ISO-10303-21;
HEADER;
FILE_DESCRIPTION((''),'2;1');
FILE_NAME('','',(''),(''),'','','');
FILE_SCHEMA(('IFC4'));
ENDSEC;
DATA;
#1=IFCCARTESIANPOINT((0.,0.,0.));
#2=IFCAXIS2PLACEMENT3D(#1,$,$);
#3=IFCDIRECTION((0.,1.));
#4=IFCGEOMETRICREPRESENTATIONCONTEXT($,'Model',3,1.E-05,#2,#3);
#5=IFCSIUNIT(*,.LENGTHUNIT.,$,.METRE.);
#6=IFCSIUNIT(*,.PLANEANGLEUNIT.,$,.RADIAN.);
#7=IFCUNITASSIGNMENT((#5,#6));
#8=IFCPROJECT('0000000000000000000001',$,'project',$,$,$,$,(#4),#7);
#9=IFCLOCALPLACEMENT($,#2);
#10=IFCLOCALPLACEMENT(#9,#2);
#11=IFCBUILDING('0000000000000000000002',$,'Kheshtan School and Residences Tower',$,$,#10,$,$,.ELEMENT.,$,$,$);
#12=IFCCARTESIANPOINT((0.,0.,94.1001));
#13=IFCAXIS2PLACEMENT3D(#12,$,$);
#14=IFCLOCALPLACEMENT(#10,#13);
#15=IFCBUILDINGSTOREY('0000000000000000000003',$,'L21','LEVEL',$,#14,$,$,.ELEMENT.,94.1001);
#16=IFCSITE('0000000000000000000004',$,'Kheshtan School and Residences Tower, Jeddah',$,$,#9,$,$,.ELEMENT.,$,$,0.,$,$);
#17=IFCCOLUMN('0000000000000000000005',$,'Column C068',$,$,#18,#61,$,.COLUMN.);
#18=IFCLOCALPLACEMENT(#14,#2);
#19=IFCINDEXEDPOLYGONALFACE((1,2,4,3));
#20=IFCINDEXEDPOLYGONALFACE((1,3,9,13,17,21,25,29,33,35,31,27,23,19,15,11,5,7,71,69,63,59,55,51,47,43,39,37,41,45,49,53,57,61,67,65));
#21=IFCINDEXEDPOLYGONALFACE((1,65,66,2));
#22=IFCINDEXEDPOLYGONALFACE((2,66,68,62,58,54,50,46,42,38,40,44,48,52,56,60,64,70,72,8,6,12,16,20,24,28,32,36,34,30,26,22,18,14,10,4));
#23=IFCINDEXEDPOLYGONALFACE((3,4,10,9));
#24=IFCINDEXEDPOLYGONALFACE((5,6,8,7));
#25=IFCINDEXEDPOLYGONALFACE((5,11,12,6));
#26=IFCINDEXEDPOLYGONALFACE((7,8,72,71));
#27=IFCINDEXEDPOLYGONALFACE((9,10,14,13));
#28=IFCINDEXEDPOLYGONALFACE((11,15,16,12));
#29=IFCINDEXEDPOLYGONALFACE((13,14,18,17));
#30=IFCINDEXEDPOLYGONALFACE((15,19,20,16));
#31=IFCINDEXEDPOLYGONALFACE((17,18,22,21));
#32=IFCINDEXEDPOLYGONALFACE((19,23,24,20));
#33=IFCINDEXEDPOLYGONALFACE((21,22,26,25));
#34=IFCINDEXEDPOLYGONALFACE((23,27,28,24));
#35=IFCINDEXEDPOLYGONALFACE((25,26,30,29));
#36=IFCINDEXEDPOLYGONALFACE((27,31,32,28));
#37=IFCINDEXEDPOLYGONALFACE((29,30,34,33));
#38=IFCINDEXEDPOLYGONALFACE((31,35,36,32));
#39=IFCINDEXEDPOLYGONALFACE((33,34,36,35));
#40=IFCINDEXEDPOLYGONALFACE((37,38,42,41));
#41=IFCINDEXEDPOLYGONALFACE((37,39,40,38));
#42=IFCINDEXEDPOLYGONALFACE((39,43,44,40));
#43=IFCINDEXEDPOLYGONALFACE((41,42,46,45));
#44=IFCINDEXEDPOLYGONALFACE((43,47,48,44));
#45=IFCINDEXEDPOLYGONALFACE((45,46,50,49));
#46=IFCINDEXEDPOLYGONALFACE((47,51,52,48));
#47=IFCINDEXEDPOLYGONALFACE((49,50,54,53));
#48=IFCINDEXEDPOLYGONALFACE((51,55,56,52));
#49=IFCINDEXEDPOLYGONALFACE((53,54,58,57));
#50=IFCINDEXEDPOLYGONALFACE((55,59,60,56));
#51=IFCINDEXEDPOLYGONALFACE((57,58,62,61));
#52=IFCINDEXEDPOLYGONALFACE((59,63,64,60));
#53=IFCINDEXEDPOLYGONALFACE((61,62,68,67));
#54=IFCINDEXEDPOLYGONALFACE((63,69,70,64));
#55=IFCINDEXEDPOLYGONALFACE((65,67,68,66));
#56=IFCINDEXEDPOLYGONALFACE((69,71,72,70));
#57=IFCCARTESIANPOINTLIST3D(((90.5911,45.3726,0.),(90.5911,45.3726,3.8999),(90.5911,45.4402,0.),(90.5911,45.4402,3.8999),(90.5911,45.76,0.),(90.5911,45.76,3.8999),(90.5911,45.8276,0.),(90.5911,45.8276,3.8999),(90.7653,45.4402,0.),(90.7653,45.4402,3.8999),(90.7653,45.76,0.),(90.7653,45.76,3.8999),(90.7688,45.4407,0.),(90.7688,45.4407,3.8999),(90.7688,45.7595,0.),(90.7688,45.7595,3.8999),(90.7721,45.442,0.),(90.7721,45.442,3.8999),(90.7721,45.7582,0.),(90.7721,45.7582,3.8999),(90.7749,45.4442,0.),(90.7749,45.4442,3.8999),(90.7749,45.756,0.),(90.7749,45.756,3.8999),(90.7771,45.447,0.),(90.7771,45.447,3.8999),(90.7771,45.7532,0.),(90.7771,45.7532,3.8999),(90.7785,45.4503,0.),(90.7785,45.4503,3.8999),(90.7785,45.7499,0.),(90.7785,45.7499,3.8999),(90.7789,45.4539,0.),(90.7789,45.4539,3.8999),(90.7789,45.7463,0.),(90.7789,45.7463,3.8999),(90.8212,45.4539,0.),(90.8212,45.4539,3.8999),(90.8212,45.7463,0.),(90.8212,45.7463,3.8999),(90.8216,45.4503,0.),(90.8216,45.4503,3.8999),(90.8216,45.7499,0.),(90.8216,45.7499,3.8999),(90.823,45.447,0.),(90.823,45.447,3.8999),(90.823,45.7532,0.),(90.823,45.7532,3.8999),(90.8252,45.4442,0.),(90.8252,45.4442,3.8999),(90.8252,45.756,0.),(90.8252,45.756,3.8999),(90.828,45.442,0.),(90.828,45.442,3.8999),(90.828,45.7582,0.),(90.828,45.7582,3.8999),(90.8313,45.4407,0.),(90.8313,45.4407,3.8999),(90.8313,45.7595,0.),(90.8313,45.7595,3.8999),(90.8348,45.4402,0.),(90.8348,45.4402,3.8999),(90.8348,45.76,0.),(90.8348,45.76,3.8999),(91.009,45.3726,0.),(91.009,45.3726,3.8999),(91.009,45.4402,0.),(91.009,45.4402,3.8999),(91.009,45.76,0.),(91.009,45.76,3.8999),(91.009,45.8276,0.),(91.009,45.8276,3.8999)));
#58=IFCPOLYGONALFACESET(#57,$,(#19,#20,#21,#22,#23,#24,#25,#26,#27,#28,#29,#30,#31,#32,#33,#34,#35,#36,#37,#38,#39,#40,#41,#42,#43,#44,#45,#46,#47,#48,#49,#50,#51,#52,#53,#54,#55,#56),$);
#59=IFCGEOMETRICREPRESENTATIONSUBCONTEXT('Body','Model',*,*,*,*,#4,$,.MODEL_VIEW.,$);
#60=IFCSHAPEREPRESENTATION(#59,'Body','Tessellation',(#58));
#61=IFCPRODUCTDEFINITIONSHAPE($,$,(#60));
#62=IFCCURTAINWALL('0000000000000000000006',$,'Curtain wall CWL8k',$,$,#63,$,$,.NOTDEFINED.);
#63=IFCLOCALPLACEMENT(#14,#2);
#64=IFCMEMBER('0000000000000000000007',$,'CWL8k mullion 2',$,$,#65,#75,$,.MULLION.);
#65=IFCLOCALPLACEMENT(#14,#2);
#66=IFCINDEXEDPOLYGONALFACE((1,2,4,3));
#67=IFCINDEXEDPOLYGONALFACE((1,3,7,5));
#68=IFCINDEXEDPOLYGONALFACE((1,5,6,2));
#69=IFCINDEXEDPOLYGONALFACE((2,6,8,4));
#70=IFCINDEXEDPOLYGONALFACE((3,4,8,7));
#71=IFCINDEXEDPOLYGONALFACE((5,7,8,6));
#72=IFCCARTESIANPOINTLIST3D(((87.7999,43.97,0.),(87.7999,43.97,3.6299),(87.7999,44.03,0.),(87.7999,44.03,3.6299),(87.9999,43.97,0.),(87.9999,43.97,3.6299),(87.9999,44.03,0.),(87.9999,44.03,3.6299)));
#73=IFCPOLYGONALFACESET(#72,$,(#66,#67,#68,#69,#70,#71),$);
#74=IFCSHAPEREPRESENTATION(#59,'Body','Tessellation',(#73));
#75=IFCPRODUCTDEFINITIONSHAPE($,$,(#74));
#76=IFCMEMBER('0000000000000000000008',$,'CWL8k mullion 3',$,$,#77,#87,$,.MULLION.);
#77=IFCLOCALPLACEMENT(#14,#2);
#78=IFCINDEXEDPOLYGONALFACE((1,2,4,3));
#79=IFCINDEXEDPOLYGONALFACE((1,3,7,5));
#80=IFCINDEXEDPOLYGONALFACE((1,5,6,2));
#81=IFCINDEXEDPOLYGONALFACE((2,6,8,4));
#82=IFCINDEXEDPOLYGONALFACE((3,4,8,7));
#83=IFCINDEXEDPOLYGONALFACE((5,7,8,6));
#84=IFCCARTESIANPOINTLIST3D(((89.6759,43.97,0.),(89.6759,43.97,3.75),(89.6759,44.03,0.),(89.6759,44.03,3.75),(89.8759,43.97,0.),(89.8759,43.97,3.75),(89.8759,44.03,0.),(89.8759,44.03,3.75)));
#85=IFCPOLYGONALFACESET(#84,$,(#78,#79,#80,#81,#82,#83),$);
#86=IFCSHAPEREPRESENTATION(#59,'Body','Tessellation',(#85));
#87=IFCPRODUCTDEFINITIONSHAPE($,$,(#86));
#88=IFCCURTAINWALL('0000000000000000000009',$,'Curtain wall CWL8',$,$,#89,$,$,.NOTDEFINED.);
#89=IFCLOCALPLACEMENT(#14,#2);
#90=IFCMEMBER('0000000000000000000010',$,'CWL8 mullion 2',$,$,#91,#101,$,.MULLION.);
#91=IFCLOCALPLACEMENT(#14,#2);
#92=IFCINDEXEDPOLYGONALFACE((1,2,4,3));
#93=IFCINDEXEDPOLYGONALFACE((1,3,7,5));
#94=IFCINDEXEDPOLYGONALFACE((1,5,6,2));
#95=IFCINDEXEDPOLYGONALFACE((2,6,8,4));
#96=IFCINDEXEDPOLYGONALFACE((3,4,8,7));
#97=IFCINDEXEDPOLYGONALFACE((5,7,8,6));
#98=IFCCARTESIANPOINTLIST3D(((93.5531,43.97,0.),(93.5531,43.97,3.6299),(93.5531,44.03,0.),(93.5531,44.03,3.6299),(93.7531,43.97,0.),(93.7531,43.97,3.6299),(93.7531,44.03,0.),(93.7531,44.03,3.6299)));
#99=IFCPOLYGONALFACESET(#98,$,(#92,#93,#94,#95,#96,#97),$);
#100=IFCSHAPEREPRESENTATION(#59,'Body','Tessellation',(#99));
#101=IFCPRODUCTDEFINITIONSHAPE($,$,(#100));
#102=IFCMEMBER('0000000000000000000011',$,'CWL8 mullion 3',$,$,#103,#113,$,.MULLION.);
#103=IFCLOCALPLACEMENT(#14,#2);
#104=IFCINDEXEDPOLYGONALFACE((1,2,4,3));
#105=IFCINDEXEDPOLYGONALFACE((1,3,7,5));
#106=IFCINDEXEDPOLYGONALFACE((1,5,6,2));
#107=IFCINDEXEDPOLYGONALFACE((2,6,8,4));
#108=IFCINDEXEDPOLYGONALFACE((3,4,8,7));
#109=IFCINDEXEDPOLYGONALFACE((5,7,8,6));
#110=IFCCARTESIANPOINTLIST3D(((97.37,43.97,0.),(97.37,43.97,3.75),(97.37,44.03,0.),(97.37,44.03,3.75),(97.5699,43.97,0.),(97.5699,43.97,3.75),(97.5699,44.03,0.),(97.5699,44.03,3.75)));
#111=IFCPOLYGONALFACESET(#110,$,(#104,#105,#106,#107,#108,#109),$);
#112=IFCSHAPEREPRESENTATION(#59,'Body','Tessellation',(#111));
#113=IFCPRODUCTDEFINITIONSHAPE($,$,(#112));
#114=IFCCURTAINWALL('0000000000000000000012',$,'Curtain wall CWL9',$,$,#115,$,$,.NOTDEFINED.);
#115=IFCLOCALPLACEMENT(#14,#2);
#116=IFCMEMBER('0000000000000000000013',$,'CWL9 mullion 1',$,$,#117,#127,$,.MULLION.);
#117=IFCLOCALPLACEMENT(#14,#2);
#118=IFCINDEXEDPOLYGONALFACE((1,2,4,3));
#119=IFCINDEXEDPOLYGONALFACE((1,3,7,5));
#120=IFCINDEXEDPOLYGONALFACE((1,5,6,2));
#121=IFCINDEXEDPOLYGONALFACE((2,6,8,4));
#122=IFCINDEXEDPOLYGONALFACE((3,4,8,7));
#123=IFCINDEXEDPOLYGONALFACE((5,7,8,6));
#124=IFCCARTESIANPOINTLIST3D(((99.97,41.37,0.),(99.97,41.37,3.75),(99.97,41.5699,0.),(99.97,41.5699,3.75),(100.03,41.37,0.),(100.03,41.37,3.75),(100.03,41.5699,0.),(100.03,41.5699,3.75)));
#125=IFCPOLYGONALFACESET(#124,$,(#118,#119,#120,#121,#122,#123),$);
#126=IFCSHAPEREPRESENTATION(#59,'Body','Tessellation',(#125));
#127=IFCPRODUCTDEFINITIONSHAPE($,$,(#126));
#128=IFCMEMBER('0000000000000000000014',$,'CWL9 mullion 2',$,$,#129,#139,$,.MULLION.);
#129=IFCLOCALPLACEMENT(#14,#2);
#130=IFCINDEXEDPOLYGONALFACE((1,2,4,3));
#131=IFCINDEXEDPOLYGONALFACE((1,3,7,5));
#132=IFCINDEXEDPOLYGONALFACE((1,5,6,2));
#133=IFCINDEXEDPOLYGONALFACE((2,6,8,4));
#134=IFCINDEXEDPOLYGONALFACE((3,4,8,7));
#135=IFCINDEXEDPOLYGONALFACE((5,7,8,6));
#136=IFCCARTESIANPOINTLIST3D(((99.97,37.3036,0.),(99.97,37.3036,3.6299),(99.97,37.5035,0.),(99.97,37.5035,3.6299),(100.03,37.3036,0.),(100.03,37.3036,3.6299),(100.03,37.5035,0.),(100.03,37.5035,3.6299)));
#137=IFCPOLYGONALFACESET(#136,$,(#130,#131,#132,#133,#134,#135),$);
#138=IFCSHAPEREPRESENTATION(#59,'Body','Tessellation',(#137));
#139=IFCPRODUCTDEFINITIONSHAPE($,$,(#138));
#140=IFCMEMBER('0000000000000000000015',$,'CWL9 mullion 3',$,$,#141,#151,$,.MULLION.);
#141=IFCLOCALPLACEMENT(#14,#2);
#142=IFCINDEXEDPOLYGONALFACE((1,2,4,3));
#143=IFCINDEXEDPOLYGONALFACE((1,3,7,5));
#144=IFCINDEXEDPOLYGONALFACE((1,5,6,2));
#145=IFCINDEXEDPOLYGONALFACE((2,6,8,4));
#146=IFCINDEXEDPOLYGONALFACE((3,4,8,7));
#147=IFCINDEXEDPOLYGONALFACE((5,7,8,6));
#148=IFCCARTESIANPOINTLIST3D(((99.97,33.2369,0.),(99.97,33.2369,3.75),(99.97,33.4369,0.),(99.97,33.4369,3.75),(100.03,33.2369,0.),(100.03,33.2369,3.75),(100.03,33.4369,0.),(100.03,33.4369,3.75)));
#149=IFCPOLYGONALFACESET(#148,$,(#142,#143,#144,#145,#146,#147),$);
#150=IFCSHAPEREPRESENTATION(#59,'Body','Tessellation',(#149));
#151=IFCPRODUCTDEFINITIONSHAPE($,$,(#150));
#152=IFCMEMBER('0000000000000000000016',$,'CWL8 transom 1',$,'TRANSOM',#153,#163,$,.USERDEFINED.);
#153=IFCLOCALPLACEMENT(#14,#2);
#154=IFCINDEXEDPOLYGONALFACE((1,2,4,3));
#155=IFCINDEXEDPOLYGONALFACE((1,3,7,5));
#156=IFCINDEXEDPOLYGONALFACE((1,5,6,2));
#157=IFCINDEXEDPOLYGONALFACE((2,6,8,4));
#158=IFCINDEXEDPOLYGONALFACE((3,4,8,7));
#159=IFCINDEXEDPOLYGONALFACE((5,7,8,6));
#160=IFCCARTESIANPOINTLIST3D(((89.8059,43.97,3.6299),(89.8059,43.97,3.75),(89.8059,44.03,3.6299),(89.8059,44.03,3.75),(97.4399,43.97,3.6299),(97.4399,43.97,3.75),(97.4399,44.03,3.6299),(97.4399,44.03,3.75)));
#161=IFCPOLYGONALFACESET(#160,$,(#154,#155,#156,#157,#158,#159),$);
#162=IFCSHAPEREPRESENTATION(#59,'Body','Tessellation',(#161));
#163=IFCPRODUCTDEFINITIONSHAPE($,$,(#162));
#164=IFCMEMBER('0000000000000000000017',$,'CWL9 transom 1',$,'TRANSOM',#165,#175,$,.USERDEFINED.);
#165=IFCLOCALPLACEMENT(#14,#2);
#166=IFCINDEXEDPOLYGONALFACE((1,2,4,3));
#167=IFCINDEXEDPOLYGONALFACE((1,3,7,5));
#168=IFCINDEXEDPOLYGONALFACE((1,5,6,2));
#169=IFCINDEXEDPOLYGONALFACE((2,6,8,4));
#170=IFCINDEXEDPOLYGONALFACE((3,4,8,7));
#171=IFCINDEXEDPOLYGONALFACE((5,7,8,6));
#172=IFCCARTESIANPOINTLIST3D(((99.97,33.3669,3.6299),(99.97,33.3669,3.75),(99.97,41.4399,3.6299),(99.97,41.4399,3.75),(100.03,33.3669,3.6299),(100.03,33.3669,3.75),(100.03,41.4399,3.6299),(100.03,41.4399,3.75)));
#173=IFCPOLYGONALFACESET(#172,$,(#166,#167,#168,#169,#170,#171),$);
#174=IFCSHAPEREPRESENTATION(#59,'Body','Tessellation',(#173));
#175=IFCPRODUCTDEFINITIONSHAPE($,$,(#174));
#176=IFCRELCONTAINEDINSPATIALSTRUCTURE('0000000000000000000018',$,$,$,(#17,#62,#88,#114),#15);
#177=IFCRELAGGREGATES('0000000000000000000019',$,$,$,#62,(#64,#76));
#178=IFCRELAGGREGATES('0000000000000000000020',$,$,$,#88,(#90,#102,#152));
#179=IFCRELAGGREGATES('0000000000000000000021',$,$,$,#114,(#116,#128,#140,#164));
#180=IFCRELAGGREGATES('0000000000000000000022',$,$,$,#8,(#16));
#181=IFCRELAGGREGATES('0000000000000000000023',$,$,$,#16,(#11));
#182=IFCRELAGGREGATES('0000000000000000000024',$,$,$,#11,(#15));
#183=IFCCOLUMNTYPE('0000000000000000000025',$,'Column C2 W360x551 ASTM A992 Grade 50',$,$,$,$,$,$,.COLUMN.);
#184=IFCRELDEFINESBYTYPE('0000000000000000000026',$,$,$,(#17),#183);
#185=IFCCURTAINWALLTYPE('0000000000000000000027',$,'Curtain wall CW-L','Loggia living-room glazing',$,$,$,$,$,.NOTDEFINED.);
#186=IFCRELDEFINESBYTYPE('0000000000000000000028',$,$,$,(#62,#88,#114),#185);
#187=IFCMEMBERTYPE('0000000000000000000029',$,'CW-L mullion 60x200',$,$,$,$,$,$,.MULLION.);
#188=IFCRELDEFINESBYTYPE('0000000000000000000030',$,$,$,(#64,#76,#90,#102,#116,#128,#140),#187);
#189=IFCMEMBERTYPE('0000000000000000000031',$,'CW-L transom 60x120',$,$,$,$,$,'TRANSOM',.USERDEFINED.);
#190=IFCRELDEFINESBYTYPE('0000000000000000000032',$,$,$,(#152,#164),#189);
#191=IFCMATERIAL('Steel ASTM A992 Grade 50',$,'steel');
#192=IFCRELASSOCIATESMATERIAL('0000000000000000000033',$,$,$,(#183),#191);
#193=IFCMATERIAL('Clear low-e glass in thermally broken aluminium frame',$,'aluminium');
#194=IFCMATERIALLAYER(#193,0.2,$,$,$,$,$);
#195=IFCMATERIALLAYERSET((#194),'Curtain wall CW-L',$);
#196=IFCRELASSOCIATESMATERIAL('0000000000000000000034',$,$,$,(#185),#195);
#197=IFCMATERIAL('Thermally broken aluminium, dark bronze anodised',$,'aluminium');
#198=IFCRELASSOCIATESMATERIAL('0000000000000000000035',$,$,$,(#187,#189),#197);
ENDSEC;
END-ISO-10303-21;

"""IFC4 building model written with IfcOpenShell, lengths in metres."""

from ifc_helpers import new_model, si_unit, direction, frame, origin, origin_2d, place, context, subcontext, project, spatial, rectangle, i_section, extrude, material, layer, layer_set, material_profile, profile_set, type_object, element, aggregate, save


model = new_model("IFC4")

# Units and contexts
model_context = context("Model", 3, precision=1e-05, world=origin(), true_north=direction((0.0, 1.0)))
body_context = subcontext(model_context, "Body", "Model", "MODEL_VIEW")
ifc_project = project(units=[si_unit("LENGTHUNIT", "METRE"), si_unit("PLANEANGLEUNIT", "RADIAN")], contexts=[model_context])

# Site, building, storey
site_placement = place(None, origin())
site = spatial("IfcSite", under=ifc_project, at=site_placement, Name="Kheshtan School and Residences Tower, Jeddah", CompositionType="ELEMENT", RefElevation=0.0)
building_placement = place(site_placement, origin())
building = spatial("IfcBuilding", under=site, at=building_placement, Name="Kheshtan School and Residences Tower", CompositionType="ELEMENT")
storey_placement = place(building_placement, frame((0.0, 0.0, 94.1001)))
storey = spatial("IfcBuildingStorey", under=building, at=storey_placement, Name="L21", Description="LEVEL", CompositionType="ELEMENT", Elevation=94.1001)

# Column
ifc_material_1 = material(Name="Steel ASTM A992 Grade 50", Category="steel")
ifc_material_profile_1 = material_profile(ifc_material_1, i_section(OverallWidth=0.418, OverallDepth=0.4551, WebThickness=0.0422, FlangeThickness=0.0676, FilletRadius=0.0137, at=origin_2d()), Name="W360x551")
ifc_profile_set_1 = profile_set([ifc_material_profile_1], Name="Steel ASTM A992 Grade 50")
column_type = type_object("IfcColumnType", Name="Column C2 W360x551 ASTM A992 Grade 50", PredefinedType="COLUMN", material=ifc_profile_set_1)
column_placement = place(storey_placement, frame((90.8, 45.6001, 0.0), z_axis=(0.0, 0.0, 1.0), x_axis=(1.0, 0.0, 0.0)))
element("IfcColumn", 1, at=column_placement, inside=storey, type_object=column_type, Name="Column C068", PredefinedType="COLUMN", context=body_context, shape_type="SweptSolid", body=[
    extrude(i_section(OverallWidth=0.418, OverallDepth=0.4551, WebThickness=0.0422, FlangeThickness=0.0676, FilletRadius=0.0137, at=origin_2d()), origin(), (0.0, 0.0, 1.0), 3.8999),
])

# Curtain walls, members
ifc_material_2 = material(Name="Clear low-e glass in thermally broken aluminium frame", Category="aluminium")
ifc_layer_1 = layer(ifc_material_2, 0.2)
ifc_layer_set_1 = layer_set([ifc_layer_1], Name="Curtain wall CW-L")
curtain_wall_type = type_object("IfcCurtainWallType", Name="Curtain wall CW-L", Description="Loggia living-room glazing", PredefinedType="NOTDEFINED", material=ifc_layer_set_1)
curtain_wall_1_placement = place(storey_placement, origin())
curtain_wall_1 = element("IfcCurtainWall", 2, at=curtain_wall_1_placement, inside=storey, type_object=curtain_wall_type, Name="Curtain wall CWL8k", PredefinedType="NOTDEFINED")
ifc_material_3 = material(Name="Thermally broken aluminium, dark bronze anodised", Category="aluminium")
ifc_material_profile_2 = material_profile(ifc_material_3, rectangle(XDim=0.0601, YDim=0.2, at=origin_2d()), Name="CW-L mullion 60x200")
ifc_profile_set_2 = profile_set([ifc_material_profile_2], Name="Thermally broken aluminium, dark bronze anodised")
member_type_1 = type_object("IfcMemberType", Name="CW-L mullion 60x200", PredefinedType="MULLION", material=ifc_profile_set_2)
member_1_placement = place(storey_placement, frame((87.8999, 44.0, 0.0), z_axis=(0.0, 0.0, 1.0), x_axis=(0.0, 1.0, 0.0)))
member_1 = element("IfcMember", 3, at=member_1_placement, type_object=member_type_1, Name="CWL8k mullion 2", PredefinedType="MULLION", context=body_context, shape_type="SweptSolid", body=[
    extrude(rectangle(XDim=0.0601, YDim=0.2, at=origin_2d()), origin(), (0.0, 0.0, 1.0), 3.6299),
])
member_2_placement = place(storey_placement, frame((89.7759, 44.0, 0.0), z_axis=(0.0, 0.0, 1.0), x_axis=(0.0, 1.0, 0.0)))
member_2 = element("IfcMember", 4, at=member_2_placement, type_object=member_type_1, Name="CWL8k mullion 3", PredefinedType="MULLION", context=body_context, shape_type="SweptSolid", body=[
    extrude(rectangle(XDim=0.0601, YDim=0.2, at=origin_2d()), origin(), (0.0, 0.0, 1.0), 3.75),
])
curtain_wall_2_placement = place(storey_placement, origin())
curtain_wall_2 = element("IfcCurtainWall", 5, at=curtain_wall_2_placement, inside=storey, type_object=curtain_wall_type, Name="Curtain wall CWL8", PredefinedType="NOTDEFINED")
member_3_placement = place(storey_placement, frame((93.6531, 44.0, 0.0), z_axis=(0.0, 0.0, 1.0), x_axis=(0.0, 1.0, 0.0)))
member_3 = element("IfcMember", 6, at=member_3_placement, type_object=member_type_1, Name="CWL8 mullion 2", PredefinedType="MULLION", context=body_context, shape_type="SweptSolid", body=[
    extrude(rectangle(XDim=0.0601, YDim=0.2, at=origin_2d()), origin(), (0.0, 0.0, 1.0), 3.6299),
])
member_4_placement = place(storey_placement, frame((97.47, 44.0, 0.0), z_axis=(0.0, 0.0, 1.0), x_axis=(0.0, 1.0, 0.0)))
member_4 = element("IfcMember", 7, at=member_4_placement, type_object=member_type_1, Name="CWL8 mullion 3", PredefinedType="MULLION", context=body_context, shape_type="SweptSolid", body=[
    extrude(rectangle(XDim=0.0601, YDim=0.2, at=origin_2d()), origin(), (0.0, 0.0, 1.0), 3.75),
])
curtain_wall_3_placement = place(storey_placement, origin())
curtain_wall_3 = element("IfcCurtainWall", 8, at=curtain_wall_3_placement, inside=storey, type_object=curtain_wall_type, Name="Curtain wall CWL9", PredefinedType="NOTDEFINED")
member_5_placement = place(storey_placement, frame((100.0, 41.47, 0.0), z_axis=(0.0, 0.0, 1.0), x_axis=(1.0, 0.0, 0.0)))
member_5 = element("IfcMember", 9, at=member_5_placement, type_object=member_type_1, Name="CWL9 mullion 1", PredefinedType="MULLION", context=body_context, shape_type="SweptSolid", body=[
    extrude(rectangle(XDim=0.0601, YDim=0.2, at=origin_2d()), origin(), (0.0, 0.0, 1.0), 3.75),
])
member_6_placement = place(storey_placement, frame((100.0, 37.4036, 0.0), z_axis=(0.0, 0.0, 1.0), x_axis=(1.0, 0.0, 0.0)))
member_6 = element("IfcMember", 10, at=member_6_placement, type_object=member_type_1, Name="CWL9 mullion 2", PredefinedType="MULLION", context=body_context, shape_type="SweptSolid", body=[
    extrude(rectangle(XDim=0.0601, YDim=0.2, at=origin_2d()), origin(), (0.0, 0.0, 1.0), 3.6299),
])
member_7_placement = place(storey_placement, frame((100.0, 33.3369, 0.0), z_axis=(0.0, 0.0, 1.0), x_axis=(1.0, 0.0, 0.0)))
member_7 = element("IfcMember", 11, at=member_7_placement, type_object=member_type_1, Name="CWL9 mullion 3", PredefinedType="MULLION", context=body_context, shape_type="SweptSolid", body=[
    extrude(rectangle(XDim=0.0601, YDim=0.2, at=origin_2d()), origin(), (0.0, 0.0, 1.0), 3.75),
])

# Members
ifc_material_profile_3 = material_profile(ifc_material_3, rectangle(XDim=0.0601, YDim=0.1201, at=origin_2d()), Name="CW-L transom 60x120")
ifc_profile_set_3 = profile_set([ifc_material_profile_3], Name="Thermally broken aluminium, dark bronze anodised")
member_type_2 = type_object("IfcMemberType", Name="CW-L transom 60x120", ElementType="TRANSOM", PredefinedType="USERDEFINED", material=ifc_profile_set_3)
member_8_placement = place(storey_placement, frame((89.8059, 44.0, 3.6899), z_axis=(1.0, 0.0, 0.0), x_axis=(0.0, 1.0, 0.0)))
member_8 = element("IfcMember", 12, at=member_8_placement, type_object=member_type_2, Name="CWL8 transom 1", ObjectType="TRANSOM", PredefinedType="USERDEFINED", context=body_context, shape_type="SweptSolid", body=[
    extrude(rectangle(XDim=0.0601, YDim=0.1201, at=origin_2d()), origin(), (0.0, 0.0, 1.0), 7.634),
])
member_9_placement = place(storey_placement, frame((100.0, 41.4399, 3.6899), z_axis=(0.0, -1.0, 0.0), x_axis=(1.0, 0.0, 0.0)))
member_9 = element("IfcMember", 13, at=member_9_placement, type_object=member_type_2, Name="CWL9 transom 1", ObjectType="TRANSOM", PredefinedType="USERDEFINED", context=body_context, shape_type="SweptSolid", body=[
    extrude(rectangle(XDim=0.0601, YDim=0.1201, at=origin_2d()), origin(), (0.0, 0.0, 1.0), 8.073),
])

aggregate(curtain_wall_1, [member_1, member_2])
aggregate(curtain_wall_2, [member_3, member_4, member_8])
aggregate(curtain_wall_3, [member_5, member_6, member_7, member_9])

save(model, "model.ifc")
